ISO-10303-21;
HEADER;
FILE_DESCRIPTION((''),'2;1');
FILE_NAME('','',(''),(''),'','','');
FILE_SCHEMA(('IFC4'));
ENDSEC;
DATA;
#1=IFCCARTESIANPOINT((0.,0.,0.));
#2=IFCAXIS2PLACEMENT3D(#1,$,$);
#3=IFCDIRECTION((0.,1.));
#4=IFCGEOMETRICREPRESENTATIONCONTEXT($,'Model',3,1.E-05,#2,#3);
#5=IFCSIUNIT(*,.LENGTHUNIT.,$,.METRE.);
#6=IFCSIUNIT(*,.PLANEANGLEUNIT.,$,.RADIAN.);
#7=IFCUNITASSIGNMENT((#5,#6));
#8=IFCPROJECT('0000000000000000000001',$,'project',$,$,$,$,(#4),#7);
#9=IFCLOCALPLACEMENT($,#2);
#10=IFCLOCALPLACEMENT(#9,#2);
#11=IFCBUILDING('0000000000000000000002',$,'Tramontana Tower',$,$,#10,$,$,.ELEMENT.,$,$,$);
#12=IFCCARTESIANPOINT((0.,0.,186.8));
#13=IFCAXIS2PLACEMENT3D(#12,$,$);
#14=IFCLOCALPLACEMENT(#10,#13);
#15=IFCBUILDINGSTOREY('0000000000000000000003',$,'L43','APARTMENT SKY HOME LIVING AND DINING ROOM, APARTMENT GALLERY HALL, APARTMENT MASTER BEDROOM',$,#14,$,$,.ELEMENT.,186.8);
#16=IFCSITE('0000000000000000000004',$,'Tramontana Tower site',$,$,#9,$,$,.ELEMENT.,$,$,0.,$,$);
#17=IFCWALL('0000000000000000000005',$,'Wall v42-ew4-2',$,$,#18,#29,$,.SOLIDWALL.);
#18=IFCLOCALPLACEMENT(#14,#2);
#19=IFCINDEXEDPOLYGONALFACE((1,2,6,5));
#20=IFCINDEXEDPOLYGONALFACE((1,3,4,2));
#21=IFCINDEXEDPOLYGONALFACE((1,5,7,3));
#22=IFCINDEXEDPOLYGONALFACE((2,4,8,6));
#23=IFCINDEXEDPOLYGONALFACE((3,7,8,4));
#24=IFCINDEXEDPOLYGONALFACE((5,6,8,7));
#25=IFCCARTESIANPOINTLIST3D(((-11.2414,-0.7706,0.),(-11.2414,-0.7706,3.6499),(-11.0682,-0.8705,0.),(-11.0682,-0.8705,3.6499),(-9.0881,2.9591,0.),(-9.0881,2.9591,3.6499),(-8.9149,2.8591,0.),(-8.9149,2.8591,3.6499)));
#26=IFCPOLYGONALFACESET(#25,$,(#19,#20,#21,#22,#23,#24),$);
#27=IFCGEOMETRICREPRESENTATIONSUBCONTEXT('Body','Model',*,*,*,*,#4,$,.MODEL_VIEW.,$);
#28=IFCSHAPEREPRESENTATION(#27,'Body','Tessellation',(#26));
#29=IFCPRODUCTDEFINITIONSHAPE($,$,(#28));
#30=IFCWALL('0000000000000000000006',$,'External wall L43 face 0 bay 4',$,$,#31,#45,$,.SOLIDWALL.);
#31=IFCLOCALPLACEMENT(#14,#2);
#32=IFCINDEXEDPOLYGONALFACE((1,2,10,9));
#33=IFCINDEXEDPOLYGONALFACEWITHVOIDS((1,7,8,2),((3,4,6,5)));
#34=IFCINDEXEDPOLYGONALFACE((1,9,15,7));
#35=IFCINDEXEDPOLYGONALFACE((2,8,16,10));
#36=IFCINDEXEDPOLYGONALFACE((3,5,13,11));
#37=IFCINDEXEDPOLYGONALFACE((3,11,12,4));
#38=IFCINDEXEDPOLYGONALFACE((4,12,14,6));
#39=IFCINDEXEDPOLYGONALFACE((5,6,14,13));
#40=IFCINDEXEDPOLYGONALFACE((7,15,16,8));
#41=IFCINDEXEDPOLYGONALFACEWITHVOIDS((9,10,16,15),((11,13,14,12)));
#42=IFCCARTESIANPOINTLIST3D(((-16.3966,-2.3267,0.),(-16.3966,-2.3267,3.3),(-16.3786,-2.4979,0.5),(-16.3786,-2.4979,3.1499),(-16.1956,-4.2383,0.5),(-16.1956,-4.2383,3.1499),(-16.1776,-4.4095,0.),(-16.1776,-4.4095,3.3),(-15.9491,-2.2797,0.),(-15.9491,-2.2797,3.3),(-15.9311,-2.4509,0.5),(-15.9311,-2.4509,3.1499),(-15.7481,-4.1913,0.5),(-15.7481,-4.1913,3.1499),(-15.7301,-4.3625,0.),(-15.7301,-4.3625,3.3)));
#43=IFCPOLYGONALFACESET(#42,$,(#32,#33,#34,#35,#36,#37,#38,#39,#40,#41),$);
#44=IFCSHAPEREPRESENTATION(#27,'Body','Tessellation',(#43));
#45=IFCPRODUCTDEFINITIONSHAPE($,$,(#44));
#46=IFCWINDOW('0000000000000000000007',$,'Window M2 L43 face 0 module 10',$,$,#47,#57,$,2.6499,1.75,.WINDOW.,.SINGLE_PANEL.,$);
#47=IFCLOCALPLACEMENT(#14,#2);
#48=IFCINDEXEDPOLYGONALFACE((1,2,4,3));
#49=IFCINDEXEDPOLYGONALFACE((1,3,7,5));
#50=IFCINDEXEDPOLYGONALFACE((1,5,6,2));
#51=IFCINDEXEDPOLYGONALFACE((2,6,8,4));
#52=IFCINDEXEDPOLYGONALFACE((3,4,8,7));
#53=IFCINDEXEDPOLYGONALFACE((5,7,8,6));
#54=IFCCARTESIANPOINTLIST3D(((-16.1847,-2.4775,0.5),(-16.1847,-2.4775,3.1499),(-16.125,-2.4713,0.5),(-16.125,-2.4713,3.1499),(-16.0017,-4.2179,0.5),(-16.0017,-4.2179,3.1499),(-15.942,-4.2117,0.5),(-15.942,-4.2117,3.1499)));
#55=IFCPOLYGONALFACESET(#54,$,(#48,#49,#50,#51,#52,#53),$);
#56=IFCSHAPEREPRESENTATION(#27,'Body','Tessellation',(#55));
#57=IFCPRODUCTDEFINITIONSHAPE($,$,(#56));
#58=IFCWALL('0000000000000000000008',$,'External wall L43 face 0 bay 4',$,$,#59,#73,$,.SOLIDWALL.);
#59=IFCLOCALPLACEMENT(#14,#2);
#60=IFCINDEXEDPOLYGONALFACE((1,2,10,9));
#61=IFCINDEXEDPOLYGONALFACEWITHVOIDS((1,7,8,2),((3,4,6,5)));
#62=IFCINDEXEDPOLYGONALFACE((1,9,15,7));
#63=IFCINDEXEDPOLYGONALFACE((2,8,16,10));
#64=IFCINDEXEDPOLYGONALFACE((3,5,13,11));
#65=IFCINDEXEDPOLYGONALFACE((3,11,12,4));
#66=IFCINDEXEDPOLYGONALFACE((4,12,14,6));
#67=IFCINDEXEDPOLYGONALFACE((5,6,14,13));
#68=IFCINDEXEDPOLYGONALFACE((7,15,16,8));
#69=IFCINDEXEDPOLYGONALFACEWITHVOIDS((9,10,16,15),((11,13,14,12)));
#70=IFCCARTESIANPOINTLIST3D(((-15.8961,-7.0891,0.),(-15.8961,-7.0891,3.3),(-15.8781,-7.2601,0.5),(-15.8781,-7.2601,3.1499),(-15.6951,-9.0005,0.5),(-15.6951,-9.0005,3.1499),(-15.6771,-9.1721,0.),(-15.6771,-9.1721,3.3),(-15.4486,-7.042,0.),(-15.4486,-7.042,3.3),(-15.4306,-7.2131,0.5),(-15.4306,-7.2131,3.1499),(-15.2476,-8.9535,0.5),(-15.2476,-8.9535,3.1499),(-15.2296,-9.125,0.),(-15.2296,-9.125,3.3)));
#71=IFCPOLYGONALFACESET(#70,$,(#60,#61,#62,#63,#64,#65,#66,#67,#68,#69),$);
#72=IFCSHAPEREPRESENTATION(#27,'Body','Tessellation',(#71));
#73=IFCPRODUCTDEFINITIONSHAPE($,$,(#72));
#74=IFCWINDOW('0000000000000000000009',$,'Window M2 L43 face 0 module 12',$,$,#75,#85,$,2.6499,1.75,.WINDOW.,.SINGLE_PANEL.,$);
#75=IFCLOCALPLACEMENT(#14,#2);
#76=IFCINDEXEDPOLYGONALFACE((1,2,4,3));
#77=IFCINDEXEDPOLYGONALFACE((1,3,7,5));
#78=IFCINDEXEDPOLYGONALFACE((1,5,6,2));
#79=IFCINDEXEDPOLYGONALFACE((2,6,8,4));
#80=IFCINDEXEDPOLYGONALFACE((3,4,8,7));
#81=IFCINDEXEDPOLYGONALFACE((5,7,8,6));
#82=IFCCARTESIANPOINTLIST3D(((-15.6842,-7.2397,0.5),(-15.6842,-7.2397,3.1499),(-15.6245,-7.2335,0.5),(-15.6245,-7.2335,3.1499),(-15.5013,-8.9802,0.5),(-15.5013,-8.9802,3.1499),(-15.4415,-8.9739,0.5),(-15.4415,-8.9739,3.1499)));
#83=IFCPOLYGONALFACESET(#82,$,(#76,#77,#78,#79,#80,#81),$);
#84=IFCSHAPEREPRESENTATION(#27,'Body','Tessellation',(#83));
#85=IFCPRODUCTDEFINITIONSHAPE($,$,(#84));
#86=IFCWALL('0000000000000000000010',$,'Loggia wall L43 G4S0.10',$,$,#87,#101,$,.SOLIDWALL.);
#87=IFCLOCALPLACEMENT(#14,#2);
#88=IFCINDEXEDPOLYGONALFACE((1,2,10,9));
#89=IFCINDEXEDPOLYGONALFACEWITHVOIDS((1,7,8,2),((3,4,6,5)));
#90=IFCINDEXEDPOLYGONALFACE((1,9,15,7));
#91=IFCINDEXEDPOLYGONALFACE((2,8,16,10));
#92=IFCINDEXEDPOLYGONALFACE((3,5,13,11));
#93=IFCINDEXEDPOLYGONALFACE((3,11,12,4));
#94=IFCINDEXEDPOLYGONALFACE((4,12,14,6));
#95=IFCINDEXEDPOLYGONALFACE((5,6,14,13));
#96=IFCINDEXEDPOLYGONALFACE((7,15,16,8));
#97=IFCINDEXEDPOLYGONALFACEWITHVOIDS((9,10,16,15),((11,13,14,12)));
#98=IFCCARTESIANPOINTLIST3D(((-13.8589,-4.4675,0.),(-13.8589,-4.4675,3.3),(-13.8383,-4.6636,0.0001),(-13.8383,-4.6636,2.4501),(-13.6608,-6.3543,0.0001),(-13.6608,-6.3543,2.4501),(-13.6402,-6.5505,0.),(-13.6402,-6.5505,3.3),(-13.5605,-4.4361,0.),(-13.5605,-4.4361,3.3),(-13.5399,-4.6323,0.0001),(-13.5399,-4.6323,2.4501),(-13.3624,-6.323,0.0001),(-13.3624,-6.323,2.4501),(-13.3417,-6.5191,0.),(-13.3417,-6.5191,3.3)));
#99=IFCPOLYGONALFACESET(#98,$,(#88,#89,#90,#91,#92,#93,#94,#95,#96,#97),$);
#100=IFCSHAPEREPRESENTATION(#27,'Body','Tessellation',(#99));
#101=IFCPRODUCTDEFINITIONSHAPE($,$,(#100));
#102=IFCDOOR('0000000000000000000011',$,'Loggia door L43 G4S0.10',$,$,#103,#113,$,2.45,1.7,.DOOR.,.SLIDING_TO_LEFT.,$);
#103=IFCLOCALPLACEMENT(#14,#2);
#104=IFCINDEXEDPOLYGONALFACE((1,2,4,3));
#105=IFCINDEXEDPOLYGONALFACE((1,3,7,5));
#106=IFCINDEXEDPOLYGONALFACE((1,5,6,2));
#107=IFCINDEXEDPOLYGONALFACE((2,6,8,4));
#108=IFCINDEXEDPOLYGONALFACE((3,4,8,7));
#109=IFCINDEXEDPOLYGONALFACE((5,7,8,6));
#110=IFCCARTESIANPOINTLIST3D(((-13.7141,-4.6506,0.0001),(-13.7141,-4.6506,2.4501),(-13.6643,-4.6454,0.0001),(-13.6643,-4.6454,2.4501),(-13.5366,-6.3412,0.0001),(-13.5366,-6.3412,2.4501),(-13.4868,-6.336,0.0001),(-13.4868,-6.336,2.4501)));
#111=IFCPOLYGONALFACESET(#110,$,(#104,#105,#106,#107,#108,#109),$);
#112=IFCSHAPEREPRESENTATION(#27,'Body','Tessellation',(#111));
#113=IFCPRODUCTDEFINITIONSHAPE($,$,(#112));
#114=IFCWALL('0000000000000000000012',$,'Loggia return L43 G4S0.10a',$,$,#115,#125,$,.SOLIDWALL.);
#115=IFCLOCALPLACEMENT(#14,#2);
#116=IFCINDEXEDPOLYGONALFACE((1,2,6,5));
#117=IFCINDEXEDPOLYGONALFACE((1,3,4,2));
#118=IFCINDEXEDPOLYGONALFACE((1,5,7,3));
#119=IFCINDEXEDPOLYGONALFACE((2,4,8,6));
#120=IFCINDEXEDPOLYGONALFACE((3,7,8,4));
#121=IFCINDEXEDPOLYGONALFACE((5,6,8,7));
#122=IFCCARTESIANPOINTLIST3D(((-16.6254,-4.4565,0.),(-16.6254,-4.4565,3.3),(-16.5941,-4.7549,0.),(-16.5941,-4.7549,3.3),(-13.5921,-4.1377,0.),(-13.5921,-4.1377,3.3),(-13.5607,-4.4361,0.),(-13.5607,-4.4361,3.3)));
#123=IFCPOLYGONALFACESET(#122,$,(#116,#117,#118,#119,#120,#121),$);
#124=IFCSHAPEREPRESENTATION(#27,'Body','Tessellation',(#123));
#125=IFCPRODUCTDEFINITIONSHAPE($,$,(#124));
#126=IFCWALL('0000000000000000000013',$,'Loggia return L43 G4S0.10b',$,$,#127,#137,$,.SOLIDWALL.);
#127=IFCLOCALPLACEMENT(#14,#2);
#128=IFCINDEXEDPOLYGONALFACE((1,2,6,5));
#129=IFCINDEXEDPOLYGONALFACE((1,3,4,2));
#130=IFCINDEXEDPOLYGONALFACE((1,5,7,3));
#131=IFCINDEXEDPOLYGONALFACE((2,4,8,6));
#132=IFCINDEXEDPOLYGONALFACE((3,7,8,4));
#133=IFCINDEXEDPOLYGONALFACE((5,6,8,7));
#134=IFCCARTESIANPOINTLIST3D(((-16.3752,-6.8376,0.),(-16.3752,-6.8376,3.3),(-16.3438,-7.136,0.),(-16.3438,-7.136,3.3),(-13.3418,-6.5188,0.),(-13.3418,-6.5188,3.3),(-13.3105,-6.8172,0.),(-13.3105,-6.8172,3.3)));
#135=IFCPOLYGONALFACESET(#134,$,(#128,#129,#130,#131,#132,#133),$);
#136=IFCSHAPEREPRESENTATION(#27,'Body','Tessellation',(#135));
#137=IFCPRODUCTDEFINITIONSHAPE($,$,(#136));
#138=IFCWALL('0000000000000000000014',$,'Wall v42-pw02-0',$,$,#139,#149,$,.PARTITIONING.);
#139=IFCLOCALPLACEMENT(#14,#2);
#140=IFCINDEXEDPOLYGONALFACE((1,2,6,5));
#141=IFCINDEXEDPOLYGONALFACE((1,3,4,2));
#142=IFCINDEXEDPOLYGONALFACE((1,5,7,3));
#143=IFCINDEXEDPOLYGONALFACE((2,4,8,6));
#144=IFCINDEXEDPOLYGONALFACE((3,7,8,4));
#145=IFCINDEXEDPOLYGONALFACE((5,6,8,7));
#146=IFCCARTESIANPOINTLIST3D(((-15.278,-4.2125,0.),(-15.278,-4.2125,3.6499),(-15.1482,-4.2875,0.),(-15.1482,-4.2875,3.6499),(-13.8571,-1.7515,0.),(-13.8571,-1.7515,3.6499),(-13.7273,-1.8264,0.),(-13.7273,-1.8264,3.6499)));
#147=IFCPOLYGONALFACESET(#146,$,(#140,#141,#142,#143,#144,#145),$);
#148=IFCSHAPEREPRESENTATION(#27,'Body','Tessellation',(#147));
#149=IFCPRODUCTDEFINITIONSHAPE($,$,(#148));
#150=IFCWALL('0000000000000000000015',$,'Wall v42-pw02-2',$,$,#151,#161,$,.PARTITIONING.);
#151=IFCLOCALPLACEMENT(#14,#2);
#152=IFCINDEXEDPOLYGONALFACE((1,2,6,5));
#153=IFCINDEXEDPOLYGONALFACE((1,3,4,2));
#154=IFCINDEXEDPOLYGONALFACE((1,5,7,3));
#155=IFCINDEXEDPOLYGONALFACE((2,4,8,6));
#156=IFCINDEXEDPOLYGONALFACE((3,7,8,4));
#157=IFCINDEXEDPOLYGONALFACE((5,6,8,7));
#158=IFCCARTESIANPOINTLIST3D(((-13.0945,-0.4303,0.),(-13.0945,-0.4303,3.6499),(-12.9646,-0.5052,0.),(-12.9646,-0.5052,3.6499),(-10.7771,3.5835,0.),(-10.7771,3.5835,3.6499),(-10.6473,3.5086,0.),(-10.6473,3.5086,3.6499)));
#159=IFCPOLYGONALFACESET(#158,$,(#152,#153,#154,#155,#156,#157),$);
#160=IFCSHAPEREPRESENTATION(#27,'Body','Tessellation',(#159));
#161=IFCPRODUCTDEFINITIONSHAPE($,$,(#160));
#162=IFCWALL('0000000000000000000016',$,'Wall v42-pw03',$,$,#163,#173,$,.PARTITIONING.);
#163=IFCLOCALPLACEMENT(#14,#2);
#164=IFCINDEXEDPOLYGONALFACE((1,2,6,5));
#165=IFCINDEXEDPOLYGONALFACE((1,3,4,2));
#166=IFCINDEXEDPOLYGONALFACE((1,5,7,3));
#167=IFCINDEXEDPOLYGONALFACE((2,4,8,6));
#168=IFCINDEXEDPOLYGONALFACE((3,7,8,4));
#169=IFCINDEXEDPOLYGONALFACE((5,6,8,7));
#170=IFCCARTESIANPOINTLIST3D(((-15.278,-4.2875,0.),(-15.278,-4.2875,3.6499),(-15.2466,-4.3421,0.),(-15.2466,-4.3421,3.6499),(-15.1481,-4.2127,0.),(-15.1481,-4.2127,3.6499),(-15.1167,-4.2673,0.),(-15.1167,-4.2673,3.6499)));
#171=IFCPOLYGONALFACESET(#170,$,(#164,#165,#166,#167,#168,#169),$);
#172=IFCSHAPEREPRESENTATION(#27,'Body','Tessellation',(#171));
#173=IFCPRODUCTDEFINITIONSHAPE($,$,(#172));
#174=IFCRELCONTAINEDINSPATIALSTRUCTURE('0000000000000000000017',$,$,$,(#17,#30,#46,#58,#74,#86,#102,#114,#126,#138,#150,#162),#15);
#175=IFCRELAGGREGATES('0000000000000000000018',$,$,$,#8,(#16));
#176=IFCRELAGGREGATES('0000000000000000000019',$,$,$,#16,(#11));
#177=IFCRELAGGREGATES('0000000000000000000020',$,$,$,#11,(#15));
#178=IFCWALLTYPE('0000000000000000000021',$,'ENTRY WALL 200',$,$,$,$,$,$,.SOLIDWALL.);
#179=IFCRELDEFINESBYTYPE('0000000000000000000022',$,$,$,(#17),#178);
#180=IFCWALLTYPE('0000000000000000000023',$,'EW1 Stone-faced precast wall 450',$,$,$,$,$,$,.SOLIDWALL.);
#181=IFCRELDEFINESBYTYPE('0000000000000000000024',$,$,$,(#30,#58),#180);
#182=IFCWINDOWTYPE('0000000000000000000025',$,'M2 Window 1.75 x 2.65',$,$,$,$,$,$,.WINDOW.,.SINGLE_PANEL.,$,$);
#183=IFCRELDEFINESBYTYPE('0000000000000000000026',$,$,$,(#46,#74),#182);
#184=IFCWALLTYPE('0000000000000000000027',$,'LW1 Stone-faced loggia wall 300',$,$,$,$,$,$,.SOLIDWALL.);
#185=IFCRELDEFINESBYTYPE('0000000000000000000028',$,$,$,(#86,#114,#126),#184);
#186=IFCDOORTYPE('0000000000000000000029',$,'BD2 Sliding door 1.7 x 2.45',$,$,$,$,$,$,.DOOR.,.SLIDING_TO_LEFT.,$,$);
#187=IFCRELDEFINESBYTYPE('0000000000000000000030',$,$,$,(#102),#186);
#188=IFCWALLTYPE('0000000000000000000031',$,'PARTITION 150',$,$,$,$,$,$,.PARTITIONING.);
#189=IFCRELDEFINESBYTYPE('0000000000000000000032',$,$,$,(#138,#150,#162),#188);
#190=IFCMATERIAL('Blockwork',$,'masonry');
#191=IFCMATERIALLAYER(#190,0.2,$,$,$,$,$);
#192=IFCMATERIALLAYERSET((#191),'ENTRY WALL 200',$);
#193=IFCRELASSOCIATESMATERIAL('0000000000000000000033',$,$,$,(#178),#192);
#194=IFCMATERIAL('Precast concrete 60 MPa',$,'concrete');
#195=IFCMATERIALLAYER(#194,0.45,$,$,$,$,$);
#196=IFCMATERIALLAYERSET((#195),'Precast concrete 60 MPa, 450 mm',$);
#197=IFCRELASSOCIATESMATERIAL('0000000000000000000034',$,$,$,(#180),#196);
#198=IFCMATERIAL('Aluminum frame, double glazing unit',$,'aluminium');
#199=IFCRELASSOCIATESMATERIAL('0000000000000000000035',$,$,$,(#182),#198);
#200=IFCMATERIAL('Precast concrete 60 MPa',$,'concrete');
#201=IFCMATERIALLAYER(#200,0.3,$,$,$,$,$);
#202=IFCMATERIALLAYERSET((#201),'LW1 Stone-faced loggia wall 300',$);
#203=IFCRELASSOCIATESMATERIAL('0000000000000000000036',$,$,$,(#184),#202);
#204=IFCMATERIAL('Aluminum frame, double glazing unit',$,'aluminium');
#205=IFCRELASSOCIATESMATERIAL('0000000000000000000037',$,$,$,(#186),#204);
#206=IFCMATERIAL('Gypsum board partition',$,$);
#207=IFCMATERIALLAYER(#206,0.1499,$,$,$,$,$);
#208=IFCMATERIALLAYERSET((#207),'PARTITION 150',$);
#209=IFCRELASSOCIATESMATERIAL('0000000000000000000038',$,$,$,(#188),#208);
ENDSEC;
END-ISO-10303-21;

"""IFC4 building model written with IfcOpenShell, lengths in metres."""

from ifc_helpers import new_model, si_unit, direction, frame, frame_2d, origin, place, context, subcontext, project, spatial, rectangle, extrude, material, layer, layer_set, type_object, element, fill, save


model = new_model("IFC4")

# Units and contexts
model_context = context("Model", 3, precision=1e-05, world=origin(), true_north=direction((0.0, 1.0)))
body_context = subcontext(model_context, "Body", "Model", "MODEL_VIEW")
ifc_project = project(units=[si_unit("LENGTHUNIT", "METRE"), si_unit("PLANEANGLEUNIT", "RADIAN")], contexts=[model_context])

# Site, building, storey
site_placement = place(None, origin())
site = spatial("IfcSite", under=ifc_project, at=site_placement, Name="Tramontana Tower site", CompositionType="ELEMENT", RefElevation=0.0)
building_placement = place(site_placement, origin())
building = spatial("IfcBuilding", under=site, at=building_placement, Name="Tramontana Tower", CompositionType="ELEMENT")
storey_placement = place(building_placement, frame((0.0, 0.0, 186.8)))
storey = spatial("IfcBuildingStorey", under=building, at=storey_placement, Name="L43", Description="APARTMENT SKY HOME LIVING AND DINING ROOM, APARTMENT GALLERY HALL, APARTMENT MASTER BEDROOM", CompositionType="ELEMENT", Elevation=186.8)

# Wall
ifc_material_1 = material(Name="Blockwork", Category="masonry")
ifc_layer_1 = layer(ifc_material_1, 0.2)
ifc_layer_set_1 = layer_set([ifc_layer_1], Name="ENTRY WALL 200")
wall_type_1 = type_object("IfcWallType", Name="ENTRY WALL 200", PredefinedType="SOLIDWALL", material=ifc_layer_set_1)
wall_1_placement = place(storey_placement, frame((-11.1548, -0.8206, 0.0), z_axis=(0.0, 0.0, 1.0), x_axis=(0.499992, 0.86603, 0.0)))
element("IfcWall", 1, at=wall_1_placement, inside=storey, type_object=wall_type_1, Name="Wall v42-ew4-2", PredefinedType="SOLIDWALL", context=body_context, shape_type="SweptSolid", body=[
    extrude(rectangle(XDim=4.3066, YDim=0.2, at=frame_2d((2.1533, 0.0))), origin(), (0.0, 0.0, 1.0), 3.6499),
])

# Walls, openings, windows
ifc_material_2 = material(Name="Precast concrete 60 MPa", Category="concrete")
ifc_layer_2 = layer(ifc_material_2, 0.45)
ifc_layer_set_2 = layer_set([ifc_layer_2], Name="Precast concrete 60 MPa, 450 mm")
wall_type_2 = type_object("IfcWallType", Name="EW1 Stone-faced precast wall 450", PredefinedType="SOLIDWALL", material=ifc_layer_set_2)
wall_2_placement = place(storey_placement, frame((-16.1729, -2.3032, 0.0), z_axis=(0.0, 0.0, 1.0), x_axis=(0.104569, -0.994518, 0.0)))
wall_2 = element("IfcWall", 2, at=wall_2_placement, inside=storey, type_object=wall_type_2, Name="External wall L43 face 0 bay 4", PredefinedType="SOLIDWALL", context=body_context, shape_type="SweptSolid", body=[
    extrude(rectangle(XDim=2.0942, YDim=0.45, at=frame_2d((1.0471, 0.0))), origin(), (0.0, 0.0, 1.0), 3.3),
])
opening_1_placement = place(wall_2_placement, frame((0.1721, 0.0, 0.5)))
opening_1 = element("IfcOpeningElement", 3, at=opening_1_placement, cuts=wall_2, PredefinedType="OPENING", context=body_context, shape_type="SweptSolid", body=[
    extrude(rectangle(XDim=1.75, YDim=2.6499, at=frame_2d((0.875, 1.325))), frame((0.0, 0.2349, 0.0), z_axis=(0.0, -1.0, 0.0), x_axis=(1.0, 0.0, 0.0)), (0.0, 0.0, 1.0), 0.47),
])
ifc_material_3 = material(Name="Aluminum frame, double glazing unit", Category="aluminium")
window_type = type_object("IfcWindowType", Name="M2 Window 1.75 x 2.65", PartitioningType="SINGLE_PANEL", PredefinedType="WINDOW", material=ifc_material_3)
window_1_placement = place(opening_1_placement, origin())
window_1 = element("IfcWindow", 4, at=window_1_placement, inside=storey, type_object=window_type, Name="Window M2 L43 face 0 module 10", OverallHeight=2.6499, OverallWidth=1.75, PartitioningType="SINGLE_PANEL", PredefinedType="WINDOW", context=body_context, shape_type="SweptSolid", body=[
    extrude(rectangle(XDim=1.75, YDim=2.6499, at=frame_2d((0.875, 1.325))), frame((0.0, 0.03, 0.0), z_axis=(0.0, -1.0, 0.0), x_axis=(1.0, 0.0, 0.0)), (0.0, 0.0, 1.0), 0.0601),
])
fill(opening_1, window_1)
wall_3_placement = place(storey_placement, frame((-15.6724, -7.0654, 0.0), z_axis=(0.0, 0.0, 1.0), x_axis=(0.104557, -0.994519, 0.0)))
wall_3 = element("IfcWall", 5, at=wall_3_placement, inside=storey, type_object=wall_type_2, Name="External wall L43 face 0 bay 4", PredefinedType="SOLIDWALL", context=body_context, shape_type="SweptSolid", body=[
    extrude(rectangle(XDim=2.0945, YDim=0.45, at=frame_2d((1.0474, 0.0))), origin(), (0.0, 0.0, 1.0), 3.3),
])
opening_2_placement = place(wall_3_placement, frame((0.1721, 0.0, 0.5)))
opening_2 = element("IfcOpeningElement", 6, at=opening_2_placement, cuts=wall_3, PredefinedType="OPENING", context=body_context, shape_type="SweptSolid", body=[
    extrude(rectangle(XDim=1.75, YDim=2.6499, at=frame_2d((0.875, 1.325))), frame((0.0, 0.2349, 0.0), z_axis=(0.0, -1.0, 0.0), x_axis=(1.0, 0.0, 0.0)), (0.0, 0.0, 1.0), 0.47),
])
window_2_placement = place(opening_2_placement, origin())
window_2 = element("IfcWindow", 7, at=window_2_placement, inside=storey, type_object=window_type, Name="Window M2 L43 face 0 module 12", OverallHeight=2.6499, OverallWidth=1.75, PartitioningType="SINGLE_PANEL", PredefinedType="WINDOW", context=body_context, shape_type="SweptSolid", body=[
    extrude(rectangle(XDim=1.75, YDim=2.6499, at=frame_2d((0.875, 1.325))), frame((0.0, 0.03, 0.0), z_axis=(0.0, -1.0, 0.0), x_axis=(1.0, 0.0, 0.0)), (0.0, 0.0, 1.0), 0.0601),
])
fill(opening_2, window_2)

# Wall, opening, door
ifc_material_4 = material(Name="Precast concrete 60 MPa", Category="concrete")
ifc_layer_3 = layer(ifc_material_4, 0.3)
ifc_layer_set_3 = layer_set([ifc_layer_3], Name="LW1 Stone-faced loggia wall 300")
wall_type_3 = type_object("IfcWallType", Name="LW1 Stone-faced loggia wall 300", PredefinedType="SOLIDWALL", material=ifc_layer_set_3)
wall_4_placement = place(storey_placement, frame((-13.7097, -4.4517, 0.0), z_axis=(0.0, 0.0, 1.0), x_axis=(0.104442, -0.994531, 0.0)))
wall_4 = element("IfcWall", 8, at=wall_4_placement, inside=storey, type_object=wall_type_3, Name="Loggia wall L43 G4S0.10", PredefinedType="SOLIDWALL", context=body_context, shape_type="SweptSolid", body=[
    extrude(rectangle(XDim=2.0945, YDim=0.3, at=frame_2d((1.0474, 0.0))), origin(), (0.0, 0.0, 1.0), 3.3),
])
opening_3_placement = place(wall_4_placement, frame((0.1973, 0.0, 0.0)))
opening_3 = element("IfcOpeningElement", 9, at=opening_3_placement, cuts=wall_4, PredefinedType="OPENING", context=body_context, shape_type="SweptSolid", body=[
    extrude(rectangle(XDim=1.7, YDim=2.45, at=frame_2d((0.8501, 1.2251))), frame((0.0, 0.1599, 0.0), z_axis=(0.0, -1.0, 0.0), x_axis=(1.0, 0.0, 0.0)), (0.0, 0.0, 1.0), 0.3201),
])
ifc_material_5 = material(Name="Aluminum frame, double glazing unit", Category="aluminium")
door_type_1 = type_object("IfcDoorType", Name="BD2 Sliding door 1.7 x 2.45", OperationType="SLIDING_TO_LEFT", PredefinedType="DOOR", material=ifc_material_5)
door_1_placement = place(opening_3_placement, origin())
door_1 = element("IfcDoor", 10, at=door_1_placement, inside=storey, type_object=door_type_1, Name="Loggia door L43 G4S0.10", OperationType="SLIDING_TO_LEFT", OverallHeight=2.45, OverallWidth=1.7, PredefinedType="DOOR", context=body_context, shape_type="SweptSolid", body=[
    extrude(rectangle(XDim=1.7, YDim=2.45, at=frame_2d((0.8501, 1.2251))), frame((0.0, 0.0249, 0.0), z_axis=(0.0, -1.0, 0.0), x_axis=(1.0, 0.0, 0.0)), (0.0, 0.0, 1.0), 0.05),
])
fill(opening_3, door_1)

# Walls
for number, where, z_axis, x_axis, name in (
    (11, (-16.6096, -4.6057, 0.0), (0.0, 0.0, 1.0), (0.994521, 0.104535, 0.0), "Loggia return L43 G4S0.10a"),
    (12, (-16.3594, -6.9868, 0.0), (0.0, 0.0, 1.0), (0.994521, 0.104535, 0.0), "Loggia return L43 G4S0.10b"),
):
    element("IfcWall", number, at=place(storey_placement, frame(where, z_axis=z_axis, x_axis=x_axis)), inside=storey, type_object=wall_type_3, Name=name, PredefinedType="SOLIDWALL", context=body_context, shape_type="SweptSolid", body=[
        extrude(rectangle(XDim=3.05, YDim=0.3, at=frame_2d((1.5249, 0.0))), origin(), (0.0, 0.0, 1.0), 3.3),
    ])
ifc_material_6 = material(Name="Gypsum board partition")
ifc_layer_4 = layer(ifc_material_6, 0.1499)
ifc_layer_set_4 = layer_set([ifc_layer_4], Name="PARTITION 150")
wall_type_4 = type_object("IfcWallType", Name="PARTITION 150", PredefinedType="PARTITIONING", material=ifc_layer_set_4)
wall_5_placement = place(storey_placement, frame((-15.2131, -4.25, 0.0), z_axis=(0.0, 0.0, 1.0), x_axis=(0.50002, 0.866014, 0.0)))
element("IfcWall", 13, at=wall_5_placement, inside=storey, type_object=wall_type_4, Name="Wall v42-pw02-0", PredefinedType="PARTITIONING", context=body_context, shape_type="SweptSolid", body=[
    extrude(rectangle(XDim=2.8418, YDim=0.1499, at=frame_2d((1.4209, 0.0))), origin(), (0.0, 0.0, 1.0), 3.6499),
])

# Walls
wall_6_placement = place(storey_placement, frame((-13.0295, -0.4678, 0.0), z_axis=(0.0, 0.0, 1.0), x_axis=(0.499991, 0.86603, 0.0)))
element("IfcWall", 14, at=wall_6_placement, inside=storey, type_object=wall_type_4, Name="Wall v42-pw02-2", PredefinedType="PARTITIONING", context=body_context, shape_type="SweptSolid", body=[
    extrude(rectangle(XDim=4.6348, YDim=0.1499, at=frame_2d((2.3174, 0.0))), origin(), (0.0, 0.0, 1.0), 3.6499),
])
wall_7_placement = place(storey_placement, frame((-15.1816, -4.3047, 0.0), z_axis=(0.0, 0.0, 1.0), x_axis=(-0.499052, 0.866572, 0.0)))
element("IfcWall", 15, at=wall_7_placement, inside=storey, type_object=wall_type_4, Name="Wall v42-pw03", PredefinedType="PARTITIONING", context=body_context, shape_type="SweptSolid", body=[
    extrude(rectangle(XDim=0.063, YDim=0.1499, at=frame_2d((0.0315, 0.0))), origin(), (0.0, 0.0, 1.0), 3.6499),
])

save(model, "model.ifc")
